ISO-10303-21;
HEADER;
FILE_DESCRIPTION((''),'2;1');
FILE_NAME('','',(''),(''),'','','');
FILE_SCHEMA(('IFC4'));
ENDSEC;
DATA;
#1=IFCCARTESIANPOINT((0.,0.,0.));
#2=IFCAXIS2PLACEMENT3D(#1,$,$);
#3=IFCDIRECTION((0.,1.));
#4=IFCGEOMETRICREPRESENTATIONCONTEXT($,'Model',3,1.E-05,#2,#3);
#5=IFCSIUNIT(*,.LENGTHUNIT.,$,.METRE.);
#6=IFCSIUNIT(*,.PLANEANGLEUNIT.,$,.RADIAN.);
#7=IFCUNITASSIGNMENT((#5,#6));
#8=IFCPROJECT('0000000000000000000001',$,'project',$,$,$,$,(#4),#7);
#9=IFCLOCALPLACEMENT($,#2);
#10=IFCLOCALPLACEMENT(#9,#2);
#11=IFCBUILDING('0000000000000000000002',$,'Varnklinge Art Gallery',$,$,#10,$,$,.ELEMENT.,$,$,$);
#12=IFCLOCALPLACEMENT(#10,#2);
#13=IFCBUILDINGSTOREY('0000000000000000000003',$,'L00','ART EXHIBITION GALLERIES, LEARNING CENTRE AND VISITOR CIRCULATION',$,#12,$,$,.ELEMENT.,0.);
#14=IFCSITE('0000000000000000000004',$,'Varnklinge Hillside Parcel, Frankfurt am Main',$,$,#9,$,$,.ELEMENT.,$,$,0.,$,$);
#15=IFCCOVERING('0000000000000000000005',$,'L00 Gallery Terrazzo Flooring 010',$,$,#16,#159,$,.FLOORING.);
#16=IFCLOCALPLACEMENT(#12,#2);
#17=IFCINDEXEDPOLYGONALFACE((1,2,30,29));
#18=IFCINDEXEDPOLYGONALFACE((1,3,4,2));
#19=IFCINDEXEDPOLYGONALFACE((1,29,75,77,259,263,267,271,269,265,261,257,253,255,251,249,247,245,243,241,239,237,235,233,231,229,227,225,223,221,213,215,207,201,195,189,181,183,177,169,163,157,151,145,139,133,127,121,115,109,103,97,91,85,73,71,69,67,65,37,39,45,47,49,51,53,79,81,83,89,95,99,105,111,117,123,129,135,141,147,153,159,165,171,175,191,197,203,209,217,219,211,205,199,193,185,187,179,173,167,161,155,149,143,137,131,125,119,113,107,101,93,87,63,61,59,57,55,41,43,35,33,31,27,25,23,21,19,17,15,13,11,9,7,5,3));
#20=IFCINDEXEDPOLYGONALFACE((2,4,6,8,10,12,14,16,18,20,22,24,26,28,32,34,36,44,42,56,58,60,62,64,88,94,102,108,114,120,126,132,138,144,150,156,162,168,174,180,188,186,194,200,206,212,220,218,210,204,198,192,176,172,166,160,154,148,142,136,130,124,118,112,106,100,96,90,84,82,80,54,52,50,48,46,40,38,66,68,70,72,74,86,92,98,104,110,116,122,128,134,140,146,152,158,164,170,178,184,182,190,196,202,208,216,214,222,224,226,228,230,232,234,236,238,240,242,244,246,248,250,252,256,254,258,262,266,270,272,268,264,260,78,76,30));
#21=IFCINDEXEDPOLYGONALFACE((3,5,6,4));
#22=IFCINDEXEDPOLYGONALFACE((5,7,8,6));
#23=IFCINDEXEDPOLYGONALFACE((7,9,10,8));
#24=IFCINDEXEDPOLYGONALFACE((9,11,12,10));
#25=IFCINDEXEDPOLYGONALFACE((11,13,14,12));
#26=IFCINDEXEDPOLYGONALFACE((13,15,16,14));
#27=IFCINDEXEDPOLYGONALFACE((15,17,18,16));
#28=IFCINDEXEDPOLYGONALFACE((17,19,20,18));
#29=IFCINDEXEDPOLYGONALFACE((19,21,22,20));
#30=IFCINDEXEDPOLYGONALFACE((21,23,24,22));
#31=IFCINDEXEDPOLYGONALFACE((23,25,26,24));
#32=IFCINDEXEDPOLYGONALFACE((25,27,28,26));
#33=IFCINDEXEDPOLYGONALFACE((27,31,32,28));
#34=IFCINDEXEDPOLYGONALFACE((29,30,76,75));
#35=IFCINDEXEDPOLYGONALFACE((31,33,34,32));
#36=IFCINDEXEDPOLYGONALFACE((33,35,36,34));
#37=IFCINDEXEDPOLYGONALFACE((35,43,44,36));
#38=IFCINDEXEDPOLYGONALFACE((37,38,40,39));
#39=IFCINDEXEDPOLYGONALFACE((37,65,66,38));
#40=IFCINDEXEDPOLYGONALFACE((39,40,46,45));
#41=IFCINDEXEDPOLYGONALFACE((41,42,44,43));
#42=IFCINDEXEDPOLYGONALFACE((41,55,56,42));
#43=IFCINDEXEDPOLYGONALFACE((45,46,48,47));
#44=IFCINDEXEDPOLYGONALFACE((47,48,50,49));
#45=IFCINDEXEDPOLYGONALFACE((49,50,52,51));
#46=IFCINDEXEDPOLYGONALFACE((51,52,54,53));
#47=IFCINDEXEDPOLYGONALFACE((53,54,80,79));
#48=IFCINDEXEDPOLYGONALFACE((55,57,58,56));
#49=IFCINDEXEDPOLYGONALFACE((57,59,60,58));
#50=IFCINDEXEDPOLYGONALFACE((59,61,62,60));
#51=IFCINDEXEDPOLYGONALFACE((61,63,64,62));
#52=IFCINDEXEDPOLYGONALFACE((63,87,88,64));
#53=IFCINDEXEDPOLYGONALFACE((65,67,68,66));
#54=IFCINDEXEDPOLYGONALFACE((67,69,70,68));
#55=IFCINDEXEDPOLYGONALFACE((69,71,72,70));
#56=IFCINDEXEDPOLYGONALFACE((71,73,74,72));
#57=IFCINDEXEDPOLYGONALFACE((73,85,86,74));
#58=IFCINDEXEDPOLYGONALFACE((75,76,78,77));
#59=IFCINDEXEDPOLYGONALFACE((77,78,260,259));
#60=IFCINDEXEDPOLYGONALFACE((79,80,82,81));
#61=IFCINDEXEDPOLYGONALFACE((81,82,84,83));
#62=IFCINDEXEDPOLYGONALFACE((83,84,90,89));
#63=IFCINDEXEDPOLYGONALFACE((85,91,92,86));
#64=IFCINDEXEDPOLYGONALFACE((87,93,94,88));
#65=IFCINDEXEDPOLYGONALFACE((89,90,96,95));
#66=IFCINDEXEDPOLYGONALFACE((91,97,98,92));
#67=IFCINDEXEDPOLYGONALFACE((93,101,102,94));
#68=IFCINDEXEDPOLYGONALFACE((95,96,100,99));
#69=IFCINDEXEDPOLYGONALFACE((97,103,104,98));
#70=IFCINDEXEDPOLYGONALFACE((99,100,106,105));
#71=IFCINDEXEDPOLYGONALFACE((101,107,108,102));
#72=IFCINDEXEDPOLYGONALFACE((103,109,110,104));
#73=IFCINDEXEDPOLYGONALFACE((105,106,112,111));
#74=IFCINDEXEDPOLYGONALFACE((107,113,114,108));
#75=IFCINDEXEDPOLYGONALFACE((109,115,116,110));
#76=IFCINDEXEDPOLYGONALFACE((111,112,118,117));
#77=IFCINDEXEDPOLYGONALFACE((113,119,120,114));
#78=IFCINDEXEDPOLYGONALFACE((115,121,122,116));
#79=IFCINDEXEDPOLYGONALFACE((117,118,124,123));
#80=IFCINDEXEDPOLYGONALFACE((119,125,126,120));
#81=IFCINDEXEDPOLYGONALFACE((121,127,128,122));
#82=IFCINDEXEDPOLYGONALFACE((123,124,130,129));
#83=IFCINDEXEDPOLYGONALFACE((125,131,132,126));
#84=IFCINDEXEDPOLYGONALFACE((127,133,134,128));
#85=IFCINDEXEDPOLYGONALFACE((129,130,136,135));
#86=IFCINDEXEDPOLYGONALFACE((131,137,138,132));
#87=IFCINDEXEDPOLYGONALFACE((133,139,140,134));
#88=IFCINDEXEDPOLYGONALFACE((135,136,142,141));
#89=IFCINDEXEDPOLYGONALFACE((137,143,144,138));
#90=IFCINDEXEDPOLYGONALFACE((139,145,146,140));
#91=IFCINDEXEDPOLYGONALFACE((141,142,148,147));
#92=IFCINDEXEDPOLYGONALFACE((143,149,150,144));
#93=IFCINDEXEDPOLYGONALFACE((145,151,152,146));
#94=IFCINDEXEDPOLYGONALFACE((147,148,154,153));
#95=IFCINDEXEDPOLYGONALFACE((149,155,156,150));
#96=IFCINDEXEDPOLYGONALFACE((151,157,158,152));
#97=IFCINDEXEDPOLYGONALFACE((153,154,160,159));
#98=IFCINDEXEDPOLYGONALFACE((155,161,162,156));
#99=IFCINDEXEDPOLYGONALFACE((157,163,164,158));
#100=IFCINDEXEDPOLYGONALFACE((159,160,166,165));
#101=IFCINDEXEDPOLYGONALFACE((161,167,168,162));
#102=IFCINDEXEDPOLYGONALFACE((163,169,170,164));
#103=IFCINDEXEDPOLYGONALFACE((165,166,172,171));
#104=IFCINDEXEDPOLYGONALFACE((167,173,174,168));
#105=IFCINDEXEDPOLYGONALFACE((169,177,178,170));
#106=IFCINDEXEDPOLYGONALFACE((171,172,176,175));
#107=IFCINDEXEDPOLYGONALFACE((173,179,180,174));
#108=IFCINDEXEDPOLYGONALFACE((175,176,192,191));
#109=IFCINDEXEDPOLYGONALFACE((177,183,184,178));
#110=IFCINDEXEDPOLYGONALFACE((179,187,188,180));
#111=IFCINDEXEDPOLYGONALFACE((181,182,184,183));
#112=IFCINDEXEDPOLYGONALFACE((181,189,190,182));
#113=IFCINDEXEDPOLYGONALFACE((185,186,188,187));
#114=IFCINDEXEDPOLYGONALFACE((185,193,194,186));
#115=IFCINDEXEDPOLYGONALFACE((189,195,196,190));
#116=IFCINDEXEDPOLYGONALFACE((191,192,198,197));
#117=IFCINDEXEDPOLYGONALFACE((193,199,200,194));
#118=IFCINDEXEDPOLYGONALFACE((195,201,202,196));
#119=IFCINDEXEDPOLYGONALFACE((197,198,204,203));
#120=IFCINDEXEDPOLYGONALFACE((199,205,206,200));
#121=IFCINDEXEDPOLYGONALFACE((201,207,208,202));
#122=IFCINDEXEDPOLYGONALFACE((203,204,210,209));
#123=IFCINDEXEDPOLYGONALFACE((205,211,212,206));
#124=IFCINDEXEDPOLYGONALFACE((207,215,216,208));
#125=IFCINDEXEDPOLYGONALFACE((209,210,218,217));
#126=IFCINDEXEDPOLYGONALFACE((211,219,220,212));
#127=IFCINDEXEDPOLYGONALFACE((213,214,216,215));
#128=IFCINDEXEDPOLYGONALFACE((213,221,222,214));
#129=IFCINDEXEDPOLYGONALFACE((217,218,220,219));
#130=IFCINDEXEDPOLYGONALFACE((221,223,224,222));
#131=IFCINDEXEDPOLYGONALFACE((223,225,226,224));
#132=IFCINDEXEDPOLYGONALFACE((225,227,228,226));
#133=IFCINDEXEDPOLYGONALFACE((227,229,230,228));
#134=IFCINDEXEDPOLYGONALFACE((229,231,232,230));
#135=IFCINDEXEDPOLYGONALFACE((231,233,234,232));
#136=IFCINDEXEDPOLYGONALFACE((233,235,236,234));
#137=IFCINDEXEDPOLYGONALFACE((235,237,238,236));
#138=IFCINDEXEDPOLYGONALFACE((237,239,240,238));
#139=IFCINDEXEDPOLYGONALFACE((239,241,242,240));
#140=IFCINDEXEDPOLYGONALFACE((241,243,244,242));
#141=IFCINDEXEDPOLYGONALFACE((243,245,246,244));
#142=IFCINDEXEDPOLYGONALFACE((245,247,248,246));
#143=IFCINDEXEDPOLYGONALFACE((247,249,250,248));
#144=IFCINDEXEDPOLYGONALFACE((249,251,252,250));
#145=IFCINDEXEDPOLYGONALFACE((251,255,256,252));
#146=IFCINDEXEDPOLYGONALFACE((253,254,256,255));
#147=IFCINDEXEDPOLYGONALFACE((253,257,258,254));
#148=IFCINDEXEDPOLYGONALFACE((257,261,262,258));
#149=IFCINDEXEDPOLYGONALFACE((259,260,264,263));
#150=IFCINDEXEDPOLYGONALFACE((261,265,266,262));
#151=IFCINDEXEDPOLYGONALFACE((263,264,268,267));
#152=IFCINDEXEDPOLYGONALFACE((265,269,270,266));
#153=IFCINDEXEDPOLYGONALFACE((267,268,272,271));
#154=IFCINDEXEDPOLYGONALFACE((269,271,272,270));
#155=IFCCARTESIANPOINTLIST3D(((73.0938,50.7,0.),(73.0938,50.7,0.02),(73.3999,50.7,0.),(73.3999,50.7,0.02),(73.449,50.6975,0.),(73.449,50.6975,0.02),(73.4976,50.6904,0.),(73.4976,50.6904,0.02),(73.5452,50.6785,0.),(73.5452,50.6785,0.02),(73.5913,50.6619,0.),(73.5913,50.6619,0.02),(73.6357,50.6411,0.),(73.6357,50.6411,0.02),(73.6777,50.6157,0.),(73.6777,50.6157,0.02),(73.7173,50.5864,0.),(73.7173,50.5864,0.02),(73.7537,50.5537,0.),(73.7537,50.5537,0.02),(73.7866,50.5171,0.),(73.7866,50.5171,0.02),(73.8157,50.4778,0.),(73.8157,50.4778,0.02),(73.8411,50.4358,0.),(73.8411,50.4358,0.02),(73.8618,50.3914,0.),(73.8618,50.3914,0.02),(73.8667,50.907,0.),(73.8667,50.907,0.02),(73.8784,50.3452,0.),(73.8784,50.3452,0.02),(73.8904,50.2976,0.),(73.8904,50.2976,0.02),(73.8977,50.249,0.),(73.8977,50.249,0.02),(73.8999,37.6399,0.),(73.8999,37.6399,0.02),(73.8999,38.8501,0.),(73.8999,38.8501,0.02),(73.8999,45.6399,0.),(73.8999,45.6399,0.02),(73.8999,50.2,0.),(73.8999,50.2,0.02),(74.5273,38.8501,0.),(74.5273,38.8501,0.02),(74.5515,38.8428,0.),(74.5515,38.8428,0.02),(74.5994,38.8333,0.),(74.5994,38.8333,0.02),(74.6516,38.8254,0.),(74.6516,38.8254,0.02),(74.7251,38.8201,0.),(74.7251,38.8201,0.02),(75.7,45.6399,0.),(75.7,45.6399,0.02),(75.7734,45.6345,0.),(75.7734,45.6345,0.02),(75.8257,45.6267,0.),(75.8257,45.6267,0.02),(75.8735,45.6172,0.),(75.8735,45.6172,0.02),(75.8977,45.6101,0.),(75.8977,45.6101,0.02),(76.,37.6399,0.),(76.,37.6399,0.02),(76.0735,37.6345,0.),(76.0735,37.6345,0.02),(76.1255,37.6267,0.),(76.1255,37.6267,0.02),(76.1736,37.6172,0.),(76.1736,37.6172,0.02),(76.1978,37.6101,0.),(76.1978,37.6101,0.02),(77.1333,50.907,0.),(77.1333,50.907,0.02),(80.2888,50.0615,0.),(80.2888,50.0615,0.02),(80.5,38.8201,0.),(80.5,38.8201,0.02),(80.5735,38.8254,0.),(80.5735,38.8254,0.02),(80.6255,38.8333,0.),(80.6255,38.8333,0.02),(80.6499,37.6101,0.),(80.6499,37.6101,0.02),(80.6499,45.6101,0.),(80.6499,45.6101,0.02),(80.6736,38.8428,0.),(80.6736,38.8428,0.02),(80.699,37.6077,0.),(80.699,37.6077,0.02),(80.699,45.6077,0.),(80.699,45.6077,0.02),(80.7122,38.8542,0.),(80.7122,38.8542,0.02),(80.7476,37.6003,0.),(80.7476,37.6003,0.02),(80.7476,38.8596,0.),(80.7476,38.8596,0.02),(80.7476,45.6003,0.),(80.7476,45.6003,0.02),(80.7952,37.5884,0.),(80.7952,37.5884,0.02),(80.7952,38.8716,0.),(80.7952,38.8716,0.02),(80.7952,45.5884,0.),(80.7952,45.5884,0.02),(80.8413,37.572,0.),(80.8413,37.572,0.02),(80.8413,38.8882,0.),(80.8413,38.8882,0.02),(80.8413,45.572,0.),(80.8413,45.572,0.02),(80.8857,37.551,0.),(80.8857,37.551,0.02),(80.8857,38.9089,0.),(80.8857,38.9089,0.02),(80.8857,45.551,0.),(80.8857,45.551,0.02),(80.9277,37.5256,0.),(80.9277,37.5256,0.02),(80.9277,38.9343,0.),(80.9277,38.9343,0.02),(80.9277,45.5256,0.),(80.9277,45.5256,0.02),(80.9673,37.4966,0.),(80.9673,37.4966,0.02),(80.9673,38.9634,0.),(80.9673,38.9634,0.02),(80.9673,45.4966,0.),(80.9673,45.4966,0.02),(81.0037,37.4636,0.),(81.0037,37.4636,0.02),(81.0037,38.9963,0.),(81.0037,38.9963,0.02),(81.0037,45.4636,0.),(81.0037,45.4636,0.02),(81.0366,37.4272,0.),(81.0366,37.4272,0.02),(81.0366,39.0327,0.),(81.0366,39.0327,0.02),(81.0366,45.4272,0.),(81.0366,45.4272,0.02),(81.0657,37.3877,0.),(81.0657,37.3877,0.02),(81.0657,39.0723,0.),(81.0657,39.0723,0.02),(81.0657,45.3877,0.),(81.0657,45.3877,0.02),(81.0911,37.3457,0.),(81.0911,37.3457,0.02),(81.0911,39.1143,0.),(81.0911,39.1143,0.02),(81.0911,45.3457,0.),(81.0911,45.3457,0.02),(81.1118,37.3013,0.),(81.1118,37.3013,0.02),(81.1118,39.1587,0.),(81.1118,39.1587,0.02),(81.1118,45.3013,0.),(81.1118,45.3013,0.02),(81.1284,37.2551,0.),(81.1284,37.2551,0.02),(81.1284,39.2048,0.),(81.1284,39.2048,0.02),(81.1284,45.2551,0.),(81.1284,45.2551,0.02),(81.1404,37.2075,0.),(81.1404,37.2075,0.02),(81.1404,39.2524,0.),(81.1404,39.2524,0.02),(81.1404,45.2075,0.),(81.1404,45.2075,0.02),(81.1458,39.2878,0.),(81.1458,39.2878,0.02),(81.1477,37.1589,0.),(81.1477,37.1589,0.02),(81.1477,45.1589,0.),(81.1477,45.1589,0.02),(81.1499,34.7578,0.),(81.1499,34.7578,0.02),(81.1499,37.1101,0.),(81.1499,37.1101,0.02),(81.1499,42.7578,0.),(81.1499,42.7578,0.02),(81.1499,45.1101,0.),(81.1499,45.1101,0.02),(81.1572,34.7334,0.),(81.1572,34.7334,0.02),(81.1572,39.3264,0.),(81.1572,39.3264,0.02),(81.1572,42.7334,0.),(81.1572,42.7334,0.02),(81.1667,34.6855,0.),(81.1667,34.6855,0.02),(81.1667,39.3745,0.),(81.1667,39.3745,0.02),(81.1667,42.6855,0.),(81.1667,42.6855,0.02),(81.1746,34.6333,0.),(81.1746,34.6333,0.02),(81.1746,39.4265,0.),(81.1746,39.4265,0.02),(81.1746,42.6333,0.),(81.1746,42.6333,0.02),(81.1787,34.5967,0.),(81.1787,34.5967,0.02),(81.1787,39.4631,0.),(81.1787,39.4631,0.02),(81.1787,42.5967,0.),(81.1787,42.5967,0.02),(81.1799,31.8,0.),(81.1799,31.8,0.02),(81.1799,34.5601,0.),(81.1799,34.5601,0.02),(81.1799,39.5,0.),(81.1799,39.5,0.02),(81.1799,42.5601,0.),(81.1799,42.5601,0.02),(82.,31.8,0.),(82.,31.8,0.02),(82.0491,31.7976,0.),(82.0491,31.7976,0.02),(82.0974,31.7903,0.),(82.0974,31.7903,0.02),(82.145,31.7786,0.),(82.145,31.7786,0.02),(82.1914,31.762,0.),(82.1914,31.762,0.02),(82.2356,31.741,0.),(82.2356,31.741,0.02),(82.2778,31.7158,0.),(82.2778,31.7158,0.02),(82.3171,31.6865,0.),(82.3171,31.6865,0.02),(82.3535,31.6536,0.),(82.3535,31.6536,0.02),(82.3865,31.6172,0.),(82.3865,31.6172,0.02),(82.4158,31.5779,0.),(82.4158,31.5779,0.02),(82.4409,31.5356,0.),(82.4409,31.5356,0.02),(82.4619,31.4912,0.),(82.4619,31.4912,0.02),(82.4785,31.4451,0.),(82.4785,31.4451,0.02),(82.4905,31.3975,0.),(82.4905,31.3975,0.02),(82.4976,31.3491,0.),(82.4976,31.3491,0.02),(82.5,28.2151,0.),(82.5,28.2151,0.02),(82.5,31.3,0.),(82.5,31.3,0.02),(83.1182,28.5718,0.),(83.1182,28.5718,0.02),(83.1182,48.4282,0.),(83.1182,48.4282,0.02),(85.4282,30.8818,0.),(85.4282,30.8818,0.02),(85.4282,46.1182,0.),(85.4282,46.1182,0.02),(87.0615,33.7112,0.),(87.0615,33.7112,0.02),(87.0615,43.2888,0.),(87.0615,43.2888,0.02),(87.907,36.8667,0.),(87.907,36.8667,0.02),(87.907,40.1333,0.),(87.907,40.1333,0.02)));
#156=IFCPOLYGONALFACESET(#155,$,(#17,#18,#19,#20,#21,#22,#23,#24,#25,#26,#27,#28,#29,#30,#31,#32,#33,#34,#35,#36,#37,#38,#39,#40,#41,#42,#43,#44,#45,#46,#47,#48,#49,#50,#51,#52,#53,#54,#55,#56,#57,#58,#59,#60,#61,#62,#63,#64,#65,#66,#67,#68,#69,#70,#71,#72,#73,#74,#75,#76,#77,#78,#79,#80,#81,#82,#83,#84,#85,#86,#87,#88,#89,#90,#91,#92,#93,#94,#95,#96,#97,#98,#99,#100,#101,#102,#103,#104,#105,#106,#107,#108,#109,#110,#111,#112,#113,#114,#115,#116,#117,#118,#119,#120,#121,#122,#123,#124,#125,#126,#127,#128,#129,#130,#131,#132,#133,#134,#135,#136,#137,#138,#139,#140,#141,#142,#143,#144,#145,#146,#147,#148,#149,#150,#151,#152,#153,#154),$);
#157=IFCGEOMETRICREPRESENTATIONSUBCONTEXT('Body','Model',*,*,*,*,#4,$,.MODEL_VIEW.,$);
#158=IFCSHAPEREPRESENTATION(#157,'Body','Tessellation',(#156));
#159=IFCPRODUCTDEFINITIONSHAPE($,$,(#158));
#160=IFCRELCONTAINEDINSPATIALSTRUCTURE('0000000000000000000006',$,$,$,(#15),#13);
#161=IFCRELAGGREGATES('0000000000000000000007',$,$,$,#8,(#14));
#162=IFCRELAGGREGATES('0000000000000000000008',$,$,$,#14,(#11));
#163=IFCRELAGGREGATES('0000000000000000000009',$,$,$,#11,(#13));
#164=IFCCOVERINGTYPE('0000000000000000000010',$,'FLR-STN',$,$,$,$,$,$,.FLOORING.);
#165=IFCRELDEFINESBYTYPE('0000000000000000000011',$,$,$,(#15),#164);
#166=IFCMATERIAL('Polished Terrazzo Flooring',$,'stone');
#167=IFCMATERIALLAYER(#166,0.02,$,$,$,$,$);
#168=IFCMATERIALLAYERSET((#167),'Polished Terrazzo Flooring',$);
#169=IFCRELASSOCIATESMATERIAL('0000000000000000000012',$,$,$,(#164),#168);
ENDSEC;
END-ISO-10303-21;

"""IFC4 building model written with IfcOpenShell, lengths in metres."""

from ifc_helpers import new_model, si_unit, direction, origin, place, context, subcontext, project, spatial, polyline, outline, extrude, material, layer, layer_set, type_object, element, save


model = new_model("IFC4")

# Units and contexts
model_context = context("Model", 3, precision=1e-05, world=origin(), true_north=direction((0.0, 1.0)))
body_context = subcontext(model_context, "Body", "Model", "MODEL_VIEW")
ifc_project = project(units=[si_unit("LENGTHUNIT", "METRE"), si_unit("PLANEANGLEUNIT", "RADIAN")], contexts=[model_context])

# Site, building, storey
site_placement = place(None, origin())
site = spatial("IfcSite", under=ifc_project, at=site_placement, Name="Varnklinge Hillside Parcel, Frankfurt am Main", CompositionType="ELEMENT", RefElevation=0.0)
building_placement = place(site_placement, origin())
building = spatial("IfcBuilding", under=site, at=building_placement, Name="Varnklinge Art Gallery", CompositionType="ELEMENT")
storey_placement = place(building_placement, origin())
storey = spatial("IfcBuildingStorey", under=building, at=storey_placement, Name="L00", Description="ART EXHIBITION GALLERIES, LEARNING CENTRE AND VISITOR CIRCULATION", CompositionType="ELEMENT", Elevation=0.0)

# Covering
ifc_material_1 = material(Name="Polished Terrazzo Flooring", Category="stone")
ifc_layer_1 = layer(ifc_material_1, 0.02)
ifc_layer_set_1 = layer_set([ifc_layer_1], Name="Polished Terrazzo Flooring")
covering_type_1 = type_object("IfcCoveringType", Name="FLR-STN", PredefinedType="FLOORING", material=ifc_layer_set_1)
covering_1_placement = place(storey_placement, origin())
element("IfcCovering", 1, at=covering_1_placement, inside=storey, type_object=covering_type_1, Name="L00 Gallery Terrazzo Flooring 010", PredefinedType="FLOORING", context=body_context, shape_type="SweptSolid", body=[
    extrude(outline(polyline([(73.0938, 50.7), (73.3999, 50.7), (73.449, 50.6975), (73.4976, 50.6904), (73.5452, 50.6785), (73.5913, 50.6619), (73.6357, 50.6411), (73.6777, 50.6157), (73.7173, 50.5864), (73.7537, 50.5537), (73.7866, 50.5171), (73.8157, 50.4778), (73.8411, 50.4358), (73.8618, 50.3914), (73.8784, 50.3452), (73.8904, 50.2976), (73.8977, 50.249), (73.8999, 50.2), (73.8999, 45.6399), (75.7, 45.6399), (75.7734, 45.6345), (75.8257, 45.6267), (75.8735, 45.6172), (75.8977, 45.6101), (80.6499, 45.6101), (80.699, 45.6077), (80.7476, 45.6003), (80.7952, 45.5884), (80.8413, 45.572), (80.8857, 45.551), (80.9277, 45.5256), (80.9673, 45.4966), (81.0037, 45.4636), (81.0366, 45.4272), (81.0657, 45.3877), (81.0911, 45.3457), (81.1118, 45.3013), (81.1284, 45.2551), (81.1404, 45.2075), (81.1477, 45.1589), (81.1499, 45.1101), (81.1499, 42.7578), (81.1572, 42.7334), (81.1667, 42.6855), (81.1746, 42.6333), (81.1787, 42.5967), (81.1799, 42.5601), (81.1799, 39.5), (81.1787, 39.4631), (81.1746, 39.4265), (81.1667, 39.3745), (81.1572, 39.3264), (81.1458, 39.2878), (81.1404, 39.2524), (81.1284, 39.2048), (81.1118, 39.1587), (81.0911, 39.1143), (81.0657, 39.0723), (81.0366, 39.0327), (81.0037, 38.9963), (80.9673, 38.9634), (80.9277, 38.9343), (80.8857, 38.9089), (80.8413, 38.8882), (80.7952, 38.8716), (80.7476, 38.8596), (80.7122, 38.8542), (80.6736, 38.8428), (80.6255, 38.8333), (80.5735, 38.8254), (80.5, 38.8201), (74.7251, 38.8201), (74.6516, 38.8254), (74.5994, 38.8333), (74.5515, 38.8428), (74.5273, 38.8501), (73.8999, 38.8501), (73.8999, 37.6399), (76.0, 37.6399), (76.0735, 37.6345), (76.1255, 37.6267), (76.1736, 37.6172), (76.1978, 37.6101), (80.6499, 37.6101), (80.699, 37.6077), (80.7476, 37.6003), (80.7952, 37.5884), (80.8413, 37.572), (80.8857, 37.551), (80.9277, 37.5256), (80.9673, 37.4966), (81.0037, 37.4636), (81.0366, 37.4272), (81.0657, 37.3877), (81.0911, 37.3457), (81.1118, 37.3013), (81.1284, 37.2551), (81.1404, 37.2075), (81.1477, 37.1589), (81.1499, 37.1101), (81.1499, 34.7578), (81.1572, 34.7334), (81.1667, 34.6855), (81.1746, 34.6333), (81.1787, 34.5967), (81.1799, 34.5601), (81.1799, 31.8), (82.0, 31.8), (82.0491, 31.7976), (82.0974, 31.7903), (82.145, 31.7786), (82.1914, 31.762), (82.2356, 31.741), (82.2778, 31.7158), (82.3171, 31.6865), (82.3535, 31.6536), (82.3865, 31.6172), (82.4158, 31.5779), (82.4409, 31.5356), (82.4619, 31.4912), (82.4785, 31.4451), (82.4905, 31.3975), (82.4976, 31.3491), (82.5, 31.3), (82.5, 28.2151), (83.1182, 28.5718), (85.4282, 30.8818), (87.0615, 33.7112), (87.907, 36.8667), (87.907, 40.1333), (87.0615, 43.2888), (85.4282, 46.1182), (83.1182, 48.4282), (80.2888, 50.0615), (77.1333, 50.907), (73.8667, 50.907), (73.0938, 50.7)])), origin(), (0.0, 0.0, 1.0), 0.02),
])

save(model, "model.ifc")
